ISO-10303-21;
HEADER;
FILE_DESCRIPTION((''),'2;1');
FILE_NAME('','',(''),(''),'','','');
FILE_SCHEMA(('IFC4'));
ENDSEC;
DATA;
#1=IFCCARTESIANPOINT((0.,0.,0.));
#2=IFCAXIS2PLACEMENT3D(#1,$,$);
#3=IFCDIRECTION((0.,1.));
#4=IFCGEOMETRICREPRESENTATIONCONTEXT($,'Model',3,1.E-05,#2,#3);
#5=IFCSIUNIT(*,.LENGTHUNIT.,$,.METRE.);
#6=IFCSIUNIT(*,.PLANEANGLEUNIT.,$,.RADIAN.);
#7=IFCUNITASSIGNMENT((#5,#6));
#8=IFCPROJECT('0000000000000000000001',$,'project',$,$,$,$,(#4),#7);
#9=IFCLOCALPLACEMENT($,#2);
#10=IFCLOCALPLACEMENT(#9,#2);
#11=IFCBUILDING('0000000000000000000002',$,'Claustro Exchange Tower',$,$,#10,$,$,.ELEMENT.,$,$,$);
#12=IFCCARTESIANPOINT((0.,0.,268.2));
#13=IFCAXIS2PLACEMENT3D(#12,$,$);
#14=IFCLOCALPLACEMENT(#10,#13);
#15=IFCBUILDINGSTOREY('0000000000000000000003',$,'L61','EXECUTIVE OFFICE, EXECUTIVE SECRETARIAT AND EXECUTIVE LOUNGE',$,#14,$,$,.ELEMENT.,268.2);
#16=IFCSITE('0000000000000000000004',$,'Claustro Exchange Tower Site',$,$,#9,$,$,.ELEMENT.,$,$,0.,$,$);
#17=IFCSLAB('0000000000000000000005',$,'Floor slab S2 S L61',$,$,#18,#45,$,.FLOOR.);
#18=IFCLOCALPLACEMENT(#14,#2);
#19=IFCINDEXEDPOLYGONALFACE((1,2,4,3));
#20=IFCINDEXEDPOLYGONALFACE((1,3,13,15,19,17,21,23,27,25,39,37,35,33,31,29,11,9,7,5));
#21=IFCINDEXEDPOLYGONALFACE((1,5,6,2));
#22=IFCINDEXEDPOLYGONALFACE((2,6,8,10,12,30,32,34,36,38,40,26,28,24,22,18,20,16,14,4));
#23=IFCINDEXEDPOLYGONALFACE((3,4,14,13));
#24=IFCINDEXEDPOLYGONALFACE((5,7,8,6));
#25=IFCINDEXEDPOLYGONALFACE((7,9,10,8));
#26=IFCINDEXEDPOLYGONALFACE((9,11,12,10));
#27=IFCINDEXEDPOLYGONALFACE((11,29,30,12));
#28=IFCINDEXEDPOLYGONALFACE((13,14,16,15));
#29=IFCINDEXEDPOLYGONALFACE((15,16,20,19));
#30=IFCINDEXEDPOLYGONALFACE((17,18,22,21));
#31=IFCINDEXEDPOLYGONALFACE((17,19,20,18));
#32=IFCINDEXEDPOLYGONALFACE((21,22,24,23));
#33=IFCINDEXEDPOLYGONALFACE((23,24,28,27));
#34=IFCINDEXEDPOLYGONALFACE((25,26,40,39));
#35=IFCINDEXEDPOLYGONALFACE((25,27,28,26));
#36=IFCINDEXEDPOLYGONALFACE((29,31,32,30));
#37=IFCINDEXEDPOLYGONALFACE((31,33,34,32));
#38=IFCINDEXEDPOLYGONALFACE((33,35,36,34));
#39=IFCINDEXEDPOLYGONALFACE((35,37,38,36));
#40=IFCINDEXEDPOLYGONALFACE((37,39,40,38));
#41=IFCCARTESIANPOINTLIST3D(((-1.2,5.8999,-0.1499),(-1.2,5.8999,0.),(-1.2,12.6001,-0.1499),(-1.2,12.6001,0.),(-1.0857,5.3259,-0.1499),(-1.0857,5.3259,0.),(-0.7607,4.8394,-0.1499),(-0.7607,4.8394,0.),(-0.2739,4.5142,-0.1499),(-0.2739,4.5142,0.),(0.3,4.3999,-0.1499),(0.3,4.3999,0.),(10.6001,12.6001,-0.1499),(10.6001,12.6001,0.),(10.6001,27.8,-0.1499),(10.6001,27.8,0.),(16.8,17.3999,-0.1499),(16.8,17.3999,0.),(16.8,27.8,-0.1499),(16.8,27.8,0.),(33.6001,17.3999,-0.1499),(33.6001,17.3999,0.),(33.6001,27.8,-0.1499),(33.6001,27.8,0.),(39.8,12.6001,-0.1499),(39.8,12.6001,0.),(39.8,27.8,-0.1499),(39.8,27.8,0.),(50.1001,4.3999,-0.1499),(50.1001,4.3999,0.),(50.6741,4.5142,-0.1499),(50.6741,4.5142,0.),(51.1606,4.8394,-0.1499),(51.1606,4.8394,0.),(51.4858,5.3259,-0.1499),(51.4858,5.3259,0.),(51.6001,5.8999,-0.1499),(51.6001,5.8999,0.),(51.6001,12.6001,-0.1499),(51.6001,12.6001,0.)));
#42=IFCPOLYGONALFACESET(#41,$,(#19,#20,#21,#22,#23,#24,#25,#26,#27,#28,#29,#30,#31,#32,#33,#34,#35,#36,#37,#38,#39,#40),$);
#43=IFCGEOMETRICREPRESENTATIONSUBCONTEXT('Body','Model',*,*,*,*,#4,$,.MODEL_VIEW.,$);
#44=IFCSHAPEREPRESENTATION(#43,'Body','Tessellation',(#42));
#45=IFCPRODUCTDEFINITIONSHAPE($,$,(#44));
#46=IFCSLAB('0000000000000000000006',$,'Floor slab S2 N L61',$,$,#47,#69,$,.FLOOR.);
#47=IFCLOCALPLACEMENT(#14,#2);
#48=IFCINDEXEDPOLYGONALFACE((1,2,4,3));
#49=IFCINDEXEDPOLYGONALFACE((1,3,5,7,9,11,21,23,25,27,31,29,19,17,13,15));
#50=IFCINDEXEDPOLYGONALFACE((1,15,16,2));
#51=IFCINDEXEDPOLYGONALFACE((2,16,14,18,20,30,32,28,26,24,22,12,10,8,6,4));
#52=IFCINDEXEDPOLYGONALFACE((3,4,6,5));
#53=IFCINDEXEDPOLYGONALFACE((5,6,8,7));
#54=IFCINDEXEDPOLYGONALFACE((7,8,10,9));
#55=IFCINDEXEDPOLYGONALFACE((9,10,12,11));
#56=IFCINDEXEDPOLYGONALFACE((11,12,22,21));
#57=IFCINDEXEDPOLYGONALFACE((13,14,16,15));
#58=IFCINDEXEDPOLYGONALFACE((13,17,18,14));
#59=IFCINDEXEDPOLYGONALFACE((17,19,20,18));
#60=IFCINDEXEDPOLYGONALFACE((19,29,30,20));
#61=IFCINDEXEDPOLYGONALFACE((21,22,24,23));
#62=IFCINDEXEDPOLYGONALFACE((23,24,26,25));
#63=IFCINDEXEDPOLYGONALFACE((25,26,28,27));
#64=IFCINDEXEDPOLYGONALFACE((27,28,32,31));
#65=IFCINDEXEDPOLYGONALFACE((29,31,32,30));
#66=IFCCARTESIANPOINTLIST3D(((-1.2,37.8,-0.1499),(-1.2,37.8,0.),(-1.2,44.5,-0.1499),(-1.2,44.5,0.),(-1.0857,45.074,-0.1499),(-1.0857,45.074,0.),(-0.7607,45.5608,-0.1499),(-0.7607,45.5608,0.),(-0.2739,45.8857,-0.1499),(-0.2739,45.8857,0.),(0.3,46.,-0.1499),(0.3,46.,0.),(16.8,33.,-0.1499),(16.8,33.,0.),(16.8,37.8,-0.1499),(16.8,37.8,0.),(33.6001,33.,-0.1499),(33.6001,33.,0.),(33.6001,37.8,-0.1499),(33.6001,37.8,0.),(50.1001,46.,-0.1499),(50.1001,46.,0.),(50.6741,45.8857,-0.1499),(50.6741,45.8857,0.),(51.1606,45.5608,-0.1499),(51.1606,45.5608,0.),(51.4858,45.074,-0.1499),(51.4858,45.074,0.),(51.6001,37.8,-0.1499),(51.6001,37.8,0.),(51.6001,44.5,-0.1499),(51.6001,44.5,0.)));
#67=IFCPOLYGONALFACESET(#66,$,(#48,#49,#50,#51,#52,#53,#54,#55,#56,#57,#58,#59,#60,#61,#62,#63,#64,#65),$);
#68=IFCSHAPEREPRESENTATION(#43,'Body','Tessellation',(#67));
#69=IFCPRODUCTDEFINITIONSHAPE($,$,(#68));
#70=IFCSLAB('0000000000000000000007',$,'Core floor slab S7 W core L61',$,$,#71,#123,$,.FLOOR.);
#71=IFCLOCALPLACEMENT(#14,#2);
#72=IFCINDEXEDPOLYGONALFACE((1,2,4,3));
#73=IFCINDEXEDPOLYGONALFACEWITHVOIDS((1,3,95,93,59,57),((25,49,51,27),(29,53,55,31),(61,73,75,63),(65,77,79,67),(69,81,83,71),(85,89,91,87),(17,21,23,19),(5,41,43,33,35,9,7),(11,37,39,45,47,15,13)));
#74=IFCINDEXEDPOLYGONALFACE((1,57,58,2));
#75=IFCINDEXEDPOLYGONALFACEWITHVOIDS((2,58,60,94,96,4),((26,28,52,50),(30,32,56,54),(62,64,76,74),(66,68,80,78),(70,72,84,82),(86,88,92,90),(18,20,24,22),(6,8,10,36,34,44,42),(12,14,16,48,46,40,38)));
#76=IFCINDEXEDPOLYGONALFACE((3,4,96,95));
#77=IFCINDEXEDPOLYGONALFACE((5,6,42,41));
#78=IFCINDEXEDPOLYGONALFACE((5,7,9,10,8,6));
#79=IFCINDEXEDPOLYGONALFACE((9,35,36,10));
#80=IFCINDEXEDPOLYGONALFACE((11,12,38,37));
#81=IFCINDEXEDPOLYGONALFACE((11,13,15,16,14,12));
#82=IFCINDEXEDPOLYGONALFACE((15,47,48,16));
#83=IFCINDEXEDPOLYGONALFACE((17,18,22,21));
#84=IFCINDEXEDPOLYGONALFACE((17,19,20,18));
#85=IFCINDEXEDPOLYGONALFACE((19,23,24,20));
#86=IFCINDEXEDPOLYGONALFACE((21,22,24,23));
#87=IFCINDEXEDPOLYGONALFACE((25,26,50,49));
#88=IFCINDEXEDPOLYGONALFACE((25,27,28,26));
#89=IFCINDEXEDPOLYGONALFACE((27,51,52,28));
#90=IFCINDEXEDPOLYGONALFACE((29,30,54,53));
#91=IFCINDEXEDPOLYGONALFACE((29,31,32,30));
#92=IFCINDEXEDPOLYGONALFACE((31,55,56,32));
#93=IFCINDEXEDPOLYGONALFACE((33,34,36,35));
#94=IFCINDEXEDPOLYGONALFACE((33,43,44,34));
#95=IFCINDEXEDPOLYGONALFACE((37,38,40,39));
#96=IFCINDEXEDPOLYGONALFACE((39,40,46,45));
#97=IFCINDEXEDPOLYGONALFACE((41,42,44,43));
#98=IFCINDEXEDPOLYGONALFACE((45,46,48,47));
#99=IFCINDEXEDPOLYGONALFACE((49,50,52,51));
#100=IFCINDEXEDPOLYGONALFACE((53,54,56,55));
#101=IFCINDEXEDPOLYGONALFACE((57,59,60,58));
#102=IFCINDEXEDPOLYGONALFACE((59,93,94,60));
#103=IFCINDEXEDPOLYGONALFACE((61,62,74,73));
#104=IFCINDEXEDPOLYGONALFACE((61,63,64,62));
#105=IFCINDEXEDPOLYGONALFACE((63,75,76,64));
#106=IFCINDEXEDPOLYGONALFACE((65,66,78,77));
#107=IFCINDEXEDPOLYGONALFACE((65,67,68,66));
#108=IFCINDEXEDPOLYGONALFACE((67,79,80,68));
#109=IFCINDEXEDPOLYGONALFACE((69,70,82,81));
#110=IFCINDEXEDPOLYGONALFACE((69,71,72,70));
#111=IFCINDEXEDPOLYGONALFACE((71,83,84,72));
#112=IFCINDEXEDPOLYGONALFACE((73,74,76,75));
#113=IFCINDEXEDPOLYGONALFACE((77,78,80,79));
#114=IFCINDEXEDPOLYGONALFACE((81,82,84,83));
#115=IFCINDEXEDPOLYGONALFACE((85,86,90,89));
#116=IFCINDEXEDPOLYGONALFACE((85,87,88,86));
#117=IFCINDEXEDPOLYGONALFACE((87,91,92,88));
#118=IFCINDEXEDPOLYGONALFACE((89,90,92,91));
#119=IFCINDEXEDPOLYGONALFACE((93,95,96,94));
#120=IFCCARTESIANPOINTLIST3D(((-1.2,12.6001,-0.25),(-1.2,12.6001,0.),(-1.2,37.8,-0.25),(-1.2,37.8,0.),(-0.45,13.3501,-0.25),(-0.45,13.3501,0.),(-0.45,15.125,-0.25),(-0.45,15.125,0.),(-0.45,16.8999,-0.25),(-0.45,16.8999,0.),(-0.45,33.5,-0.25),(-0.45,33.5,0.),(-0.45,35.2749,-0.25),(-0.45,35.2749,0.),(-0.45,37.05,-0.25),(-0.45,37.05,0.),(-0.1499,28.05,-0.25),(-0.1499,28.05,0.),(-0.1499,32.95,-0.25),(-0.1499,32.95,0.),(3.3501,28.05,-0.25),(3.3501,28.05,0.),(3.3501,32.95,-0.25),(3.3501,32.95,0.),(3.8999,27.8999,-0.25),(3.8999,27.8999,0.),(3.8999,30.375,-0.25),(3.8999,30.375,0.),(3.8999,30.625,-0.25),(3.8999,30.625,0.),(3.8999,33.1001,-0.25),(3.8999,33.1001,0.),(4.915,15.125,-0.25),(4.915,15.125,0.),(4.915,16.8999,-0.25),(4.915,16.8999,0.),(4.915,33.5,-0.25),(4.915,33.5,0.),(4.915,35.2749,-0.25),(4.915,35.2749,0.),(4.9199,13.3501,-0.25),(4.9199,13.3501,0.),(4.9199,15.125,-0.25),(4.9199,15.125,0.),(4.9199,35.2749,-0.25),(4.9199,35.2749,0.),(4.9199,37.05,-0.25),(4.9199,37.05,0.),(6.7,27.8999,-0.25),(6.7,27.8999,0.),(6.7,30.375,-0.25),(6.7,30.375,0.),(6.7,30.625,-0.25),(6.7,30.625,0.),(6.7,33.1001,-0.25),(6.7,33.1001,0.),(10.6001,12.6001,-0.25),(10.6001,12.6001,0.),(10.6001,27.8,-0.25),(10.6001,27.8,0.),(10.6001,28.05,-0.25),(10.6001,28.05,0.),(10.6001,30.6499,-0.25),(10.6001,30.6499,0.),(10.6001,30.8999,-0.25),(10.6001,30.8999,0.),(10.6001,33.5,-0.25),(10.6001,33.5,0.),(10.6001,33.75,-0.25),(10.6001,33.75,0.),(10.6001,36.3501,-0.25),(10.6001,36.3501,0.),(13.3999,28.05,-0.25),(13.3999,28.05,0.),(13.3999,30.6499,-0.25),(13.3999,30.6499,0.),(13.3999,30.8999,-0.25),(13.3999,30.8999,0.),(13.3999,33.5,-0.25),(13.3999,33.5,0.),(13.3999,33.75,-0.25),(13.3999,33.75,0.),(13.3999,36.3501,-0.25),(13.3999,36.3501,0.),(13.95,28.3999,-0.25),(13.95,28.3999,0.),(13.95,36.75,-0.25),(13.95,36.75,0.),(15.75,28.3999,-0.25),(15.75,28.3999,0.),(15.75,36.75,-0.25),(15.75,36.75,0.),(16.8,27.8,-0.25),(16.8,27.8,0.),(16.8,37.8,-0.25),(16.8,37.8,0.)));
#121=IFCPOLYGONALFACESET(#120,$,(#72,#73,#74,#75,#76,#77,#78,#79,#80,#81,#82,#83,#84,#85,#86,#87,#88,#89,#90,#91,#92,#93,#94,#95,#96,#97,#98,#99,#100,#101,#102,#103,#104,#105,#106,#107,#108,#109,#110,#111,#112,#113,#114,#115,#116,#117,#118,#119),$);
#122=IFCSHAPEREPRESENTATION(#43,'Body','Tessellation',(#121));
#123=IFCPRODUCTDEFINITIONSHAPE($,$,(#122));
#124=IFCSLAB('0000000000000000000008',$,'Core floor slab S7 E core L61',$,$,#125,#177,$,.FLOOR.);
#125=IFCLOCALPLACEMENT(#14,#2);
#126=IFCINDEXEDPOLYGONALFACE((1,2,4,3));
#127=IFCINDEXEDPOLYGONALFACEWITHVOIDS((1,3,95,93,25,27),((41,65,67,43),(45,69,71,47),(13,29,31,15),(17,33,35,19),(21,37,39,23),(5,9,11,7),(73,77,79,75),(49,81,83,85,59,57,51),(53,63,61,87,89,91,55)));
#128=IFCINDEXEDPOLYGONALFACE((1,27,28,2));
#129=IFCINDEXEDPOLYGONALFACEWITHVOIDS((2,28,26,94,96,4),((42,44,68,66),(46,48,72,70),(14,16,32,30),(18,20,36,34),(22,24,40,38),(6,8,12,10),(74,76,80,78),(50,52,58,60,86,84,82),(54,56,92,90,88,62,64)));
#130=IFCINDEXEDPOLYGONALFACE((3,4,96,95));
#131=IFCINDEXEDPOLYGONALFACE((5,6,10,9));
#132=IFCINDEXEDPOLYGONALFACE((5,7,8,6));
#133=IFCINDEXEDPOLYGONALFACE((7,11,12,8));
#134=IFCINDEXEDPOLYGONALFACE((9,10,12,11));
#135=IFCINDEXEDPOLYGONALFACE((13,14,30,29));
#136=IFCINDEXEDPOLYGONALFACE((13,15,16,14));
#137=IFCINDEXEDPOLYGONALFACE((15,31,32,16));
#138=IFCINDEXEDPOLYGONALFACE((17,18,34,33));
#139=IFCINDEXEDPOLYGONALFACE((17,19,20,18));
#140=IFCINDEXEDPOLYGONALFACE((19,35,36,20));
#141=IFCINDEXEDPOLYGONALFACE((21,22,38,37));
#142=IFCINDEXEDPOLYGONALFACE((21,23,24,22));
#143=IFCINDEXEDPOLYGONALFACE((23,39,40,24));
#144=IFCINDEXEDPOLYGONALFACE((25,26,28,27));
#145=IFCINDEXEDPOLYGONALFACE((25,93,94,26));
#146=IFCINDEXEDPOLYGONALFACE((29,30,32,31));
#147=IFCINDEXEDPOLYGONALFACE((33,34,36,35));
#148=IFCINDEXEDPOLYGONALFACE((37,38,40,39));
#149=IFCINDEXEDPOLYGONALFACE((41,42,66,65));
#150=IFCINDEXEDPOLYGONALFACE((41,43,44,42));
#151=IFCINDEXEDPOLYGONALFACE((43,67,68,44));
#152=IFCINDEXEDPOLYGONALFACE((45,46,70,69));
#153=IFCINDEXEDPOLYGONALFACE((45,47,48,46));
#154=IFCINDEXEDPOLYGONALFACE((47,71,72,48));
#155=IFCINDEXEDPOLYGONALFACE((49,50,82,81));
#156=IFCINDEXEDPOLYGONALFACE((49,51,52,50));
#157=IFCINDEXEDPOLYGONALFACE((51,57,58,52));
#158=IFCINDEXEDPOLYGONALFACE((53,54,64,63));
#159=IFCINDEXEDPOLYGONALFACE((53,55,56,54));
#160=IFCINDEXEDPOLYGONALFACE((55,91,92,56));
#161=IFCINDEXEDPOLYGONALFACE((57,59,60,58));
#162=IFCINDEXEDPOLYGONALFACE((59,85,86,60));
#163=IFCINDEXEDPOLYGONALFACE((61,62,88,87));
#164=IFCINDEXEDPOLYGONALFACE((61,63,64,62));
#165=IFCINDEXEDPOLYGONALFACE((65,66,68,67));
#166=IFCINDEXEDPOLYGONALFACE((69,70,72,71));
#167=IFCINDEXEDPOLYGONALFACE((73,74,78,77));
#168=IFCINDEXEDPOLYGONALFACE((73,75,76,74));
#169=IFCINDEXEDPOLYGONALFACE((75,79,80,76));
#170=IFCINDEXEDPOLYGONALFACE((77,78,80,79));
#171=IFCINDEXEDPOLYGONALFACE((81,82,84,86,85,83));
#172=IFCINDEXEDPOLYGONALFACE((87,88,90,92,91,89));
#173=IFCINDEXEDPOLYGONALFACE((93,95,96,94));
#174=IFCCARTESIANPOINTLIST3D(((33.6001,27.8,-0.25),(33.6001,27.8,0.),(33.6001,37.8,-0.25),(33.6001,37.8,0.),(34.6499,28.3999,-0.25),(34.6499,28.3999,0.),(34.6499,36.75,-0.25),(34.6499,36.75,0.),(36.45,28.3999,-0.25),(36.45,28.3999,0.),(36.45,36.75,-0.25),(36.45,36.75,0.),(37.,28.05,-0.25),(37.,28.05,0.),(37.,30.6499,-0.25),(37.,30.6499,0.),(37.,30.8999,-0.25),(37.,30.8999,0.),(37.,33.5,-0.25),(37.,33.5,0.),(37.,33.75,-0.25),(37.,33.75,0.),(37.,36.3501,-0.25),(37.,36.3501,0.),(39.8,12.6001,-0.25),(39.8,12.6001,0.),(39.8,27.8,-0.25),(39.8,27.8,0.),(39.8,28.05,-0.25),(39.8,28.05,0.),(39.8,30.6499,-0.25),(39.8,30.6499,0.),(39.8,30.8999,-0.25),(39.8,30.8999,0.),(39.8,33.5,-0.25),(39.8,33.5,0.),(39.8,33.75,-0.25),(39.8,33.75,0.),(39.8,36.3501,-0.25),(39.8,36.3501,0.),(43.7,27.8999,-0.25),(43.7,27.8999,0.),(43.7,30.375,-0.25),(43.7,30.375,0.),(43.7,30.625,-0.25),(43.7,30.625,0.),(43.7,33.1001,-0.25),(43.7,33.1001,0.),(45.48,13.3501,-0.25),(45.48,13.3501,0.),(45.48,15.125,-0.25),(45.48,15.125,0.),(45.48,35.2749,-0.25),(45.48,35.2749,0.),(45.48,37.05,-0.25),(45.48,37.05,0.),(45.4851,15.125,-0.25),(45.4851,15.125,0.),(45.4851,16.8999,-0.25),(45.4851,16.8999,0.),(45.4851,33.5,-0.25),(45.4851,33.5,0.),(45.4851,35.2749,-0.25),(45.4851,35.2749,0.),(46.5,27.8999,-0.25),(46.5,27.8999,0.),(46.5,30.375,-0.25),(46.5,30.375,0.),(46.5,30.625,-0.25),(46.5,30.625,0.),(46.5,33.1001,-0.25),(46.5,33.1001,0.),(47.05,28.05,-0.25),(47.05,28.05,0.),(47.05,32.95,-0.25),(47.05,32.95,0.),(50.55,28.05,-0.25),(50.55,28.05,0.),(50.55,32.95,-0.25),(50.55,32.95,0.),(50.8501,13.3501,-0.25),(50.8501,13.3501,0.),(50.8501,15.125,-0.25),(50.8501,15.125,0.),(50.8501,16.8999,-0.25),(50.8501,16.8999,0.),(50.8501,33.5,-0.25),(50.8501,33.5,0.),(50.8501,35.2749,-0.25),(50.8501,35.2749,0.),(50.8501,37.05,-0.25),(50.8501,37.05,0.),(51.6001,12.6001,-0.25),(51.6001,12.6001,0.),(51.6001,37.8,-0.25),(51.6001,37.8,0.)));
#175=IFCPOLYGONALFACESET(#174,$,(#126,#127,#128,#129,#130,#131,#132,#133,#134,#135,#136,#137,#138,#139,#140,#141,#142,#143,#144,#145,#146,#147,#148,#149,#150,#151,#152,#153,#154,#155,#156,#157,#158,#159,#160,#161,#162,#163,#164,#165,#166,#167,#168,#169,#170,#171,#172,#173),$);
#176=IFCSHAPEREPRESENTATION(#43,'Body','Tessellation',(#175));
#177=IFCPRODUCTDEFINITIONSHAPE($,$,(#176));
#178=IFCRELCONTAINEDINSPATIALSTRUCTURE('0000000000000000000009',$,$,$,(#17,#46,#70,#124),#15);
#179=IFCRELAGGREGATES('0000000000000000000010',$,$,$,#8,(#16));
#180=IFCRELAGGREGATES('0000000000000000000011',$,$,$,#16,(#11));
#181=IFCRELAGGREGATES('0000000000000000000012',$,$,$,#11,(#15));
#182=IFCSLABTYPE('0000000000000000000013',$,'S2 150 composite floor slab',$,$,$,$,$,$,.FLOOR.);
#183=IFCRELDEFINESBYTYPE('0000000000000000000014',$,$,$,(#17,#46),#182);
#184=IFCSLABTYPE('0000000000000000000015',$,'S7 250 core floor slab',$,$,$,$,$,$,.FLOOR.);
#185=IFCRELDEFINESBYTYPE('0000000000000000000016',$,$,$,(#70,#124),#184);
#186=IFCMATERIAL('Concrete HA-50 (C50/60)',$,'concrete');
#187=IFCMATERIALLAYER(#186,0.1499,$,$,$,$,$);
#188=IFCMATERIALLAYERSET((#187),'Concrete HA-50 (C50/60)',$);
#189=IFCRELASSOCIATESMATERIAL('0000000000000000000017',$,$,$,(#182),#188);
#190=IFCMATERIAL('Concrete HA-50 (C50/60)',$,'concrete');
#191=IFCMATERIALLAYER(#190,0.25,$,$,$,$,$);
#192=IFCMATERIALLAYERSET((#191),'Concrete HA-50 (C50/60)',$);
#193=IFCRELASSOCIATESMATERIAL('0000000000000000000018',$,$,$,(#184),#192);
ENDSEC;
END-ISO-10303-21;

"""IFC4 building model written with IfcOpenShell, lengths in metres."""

from ifc_helpers import new_model, si_unit, direction, frame, origin, place, context, subcontext, project, spatial, polyline, outline, extrude, material, layer, layer_set, type_object, element, save


model = new_model("IFC4")

# Units and contexts
model_context = context("Model", 3, precision=1e-05, world=origin(), true_north=direction((0.0, 1.0)))
body_context = subcontext(model_context, "Body", "Model", "MODEL_VIEW")
ifc_project = project(units=[si_unit("LENGTHUNIT", "METRE"), si_unit("PLANEANGLEUNIT", "RADIAN")], contexts=[model_context])

# Site, building, storey
site_placement = place(None, origin())
site = spatial("IfcSite", under=ifc_project, at=site_placement, Name="Claustro Exchange Tower Site", CompositionType="ELEMENT", RefElevation=0.0)
building_placement = place(site_placement, origin())
building = spatial("IfcBuilding", under=site, at=building_placement, Name="Claustro Exchange Tower", CompositionType="ELEMENT")
storey_placement = place(building_placement, frame((0.0, 0.0, 268.2)))
storey = spatial("IfcBuildingStorey", under=building, at=storey_placement, Name="L61", Description="EXECUTIVE OFFICE, EXECUTIVE SECRETARIAT AND EXECUTIVE LOUNGE", CompositionType="ELEMENT", Elevation=268.2)

# Slabs
ifc_material_1 = material(Name="Concrete HA-50 (C50/60)", Category="concrete")
ifc_layer_1 = layer(ifc_material_1, 0.1499)
ifc_layer_set_1 = layer_set([ifc_layer_1], Name="Concrete HA-50 (C50/60)")
slab_type_1 = type_object("IfcSlabType", Name="S2 150 composite floor slab", PredefinedType="FLOOR", material=ifc_layer_set_1)
slab_1_placement = place(storey_placement, frame((0.0, 0.0, -0.1499)))
element("IfcSlab", 1, at=slab_1_placement, inside=storey, type_object=slab_type_1, Name="Floor slab S2 S L61", PredefinedType="FLOOR", context=body_context, shape_type="SweptSolid", body=[
    extrude(outline(polyline([(-0.2739, 4.5142), (0.3, 4.3999), (50.1001, 4.3999), (50.6741, 4.5142), (51.1606, 4.8394), (51.4858, 5.3259), (51.6001, 5.8999), (51.6001, 12.6001), (39.8, 12.6001), (39.8, 27.8), (33.6001, 27.8), (33.6001, 17.3999), (16.8, 17.3999), (16.8, 27.8), (10.6001, 27.8), (10.6001, 12.6001), (-1.2, 12.6001), (-1.2, 5.8999), (-1.0857, 5.3259), (-0.7607, 4.8394), (-0.2739, 4.5142)])), origin(), (0.0, 0.0, 1.0), 0.1499),
])
slab_2_placement = place(storey_placement, frame((0.0, 0.0, -0.1499)))
element("IfcSlab", 2, at=slab_2_placement, inside=storey, type_object=slab_type_1, Name="Floor slab S2 N L61", PredefinedType="FLOOR", context=body_context, shape_type="SweptSolid", body=[
    extrude(outline(polyline([(16.8, 37.8), (16.8, 33.0), (33.6001, 33.0), (33.6001, 37.8), (51.6001, 37.8), (51.6001, 44.5), (51.4858, 45.074), (51.1606, 45.5608), (50.6741, 45.8857), (50.1001, 46.0), (0.3, 46.0), (-0.2739, 45.8857), (-0.7607, 45.5608), (-1.0857, 45.074), (-1.2, 44.5), (-1.2, 37.8), (16.8, 37.8)])), origin(), (0.0, 0.0, 1.0), 0.1499),
])
ifc_material_2 = material(Name="Concrete HA-50 (C50/60)", Category="concrete")
ifc_layer_2 = layer(ifc_material_2, 0.25)
ifc_layer_set_2 = layer_set([ifc_layer_2], Name="Concrete HA-50 (C50/60)")
slab_type_2 = type_object("IfcSlabType", Name="S7 250 core floor slab", PredefinedType="FLOOR", material=ifc_layer_set_2)
slab_3_placement = place(storey_placement, frame((0.0, 0.0, -0.25)))
element("IfcSlab", 3, at=slab_3_placement, inside=storey, type_object=slab_type_2, Name="Core floor slab S7 W core L61", PredefinedType="FLOOR", context=body_context, shape_type="SweptSolid", body=[
    extrude(outline(polyline([(-1.2, 37.8), (-1.2, 12.6001), (10.6001, 12.6001), (10.6001, 27.8), (16.8, 27.8), (16.8, 37.8), (-1.2, 37.8)]), holes=[polyline([(13.95, 36.75), (15.75, 36.75), (15.75, 28.3999), (13.95, 28.3999), (13.95, 36.75)]), polyline([(10.6001, 30.6499), (13.3999, 30.6499), (13.3999, 28.05), (10.6001, 28.05), (10.6001, 30.6499)]), polyline([(10.6001, 33.5), (13.3999, 33.5), (13.3999, 30.8999), (10.6001, 30.8999), (10.6001, 33.5)]), polyline([(13.3999, 36.3501), (13.3999, 33.75), (10.6001, 33.75), (10.6001, 36.3501), (13.3999, 36.3501)]), polyline([(3.8999, 30.375), (6.7, 30.375), (6.7, 27.8999), (3.8999, 27.8999), (3.8999, 30.375)]), polyline([(3.8999, 33.1001), (6.7, 33.1001), (6.7, 30.625), (3.8999, 30.625), (3.8999, 33.1001)]), polyline([(-0.45, 13.3501), (-0.45, 15.125), (-0.45, 16.8999), (4.915, 16.8999), (4.915, 15.125), (4.9199, 15.125), (4.9199, 13.3501), (-0.45, 13.3501)]), polyline([(-0.45, 37.05), (4.9199, 37.05), (4.9199, 35.2749), (4.915, 35.2749), (4.915, 33.5), (-0.45, 33.5), (-0.45, 35.2749), (-0.45, 37.05)]), polyline([(-0.1499, 32.95), (3.3501, 32.95), (3.3501, 28.05), (-0.1499, 28.05), (-0.1499, 32.95)])]), origin(), (0.0, 0.0, 1.0), 0.25),
])
slab_4_placement = place(storey_placement, frame((0.0, 0.0, -0.25)))
element("IfcSlab", 4, at=slab_4_placement, inside=storey, type_object=slab_type_2, Name="Core floor slab S7 E core L61", PredefinedType="FLOOR", context=body_context, shape_type="SweptSolid", body=[
    extrude(outline(polyline([(51.6001, 37.8), (33.6001, 37.8), (33.6001, 27.8), (39.8, 27.8), (39.8, 12.6001), (51.6001, 12.6001), (51.6001, 37.8)]), holes=[polyline([(45.48, 15.125), (45.4851, 15.125), (45.4851, 16.8999), (50.8501, 16.8999), (50.8501, 15.125), (50.8501, 13.3501), (45.48, 13.3501), (45.48, 15.125)]), polyline([(45.48, 35.2749), (45.48, 37.05), (50.8501, 37.05), (50.8501, 35.2749), (50.8501, 33.5), (45.4851, 33.5), (45.4851, 35.2749), (45.48, 35.2749)]), polyline([(47.05, 32.95), (50.55, 32.95), (50.55, 28.05), (47.05, 28.05), (47.05, 32.95)]), polyline([(43.7, 30.375), (46.5, 30.375), (46.5, 27.8999), (43.7, 27.8999), (43.7, 30.375)]), polyline([(43.7, 33.1001), (46.5, 33.1001), (46.5, 30.625), (43.7, 30.625), (43.7, 33.1001)]), polyline([(37.0, 30.6499), (39.8, 30.6499), (39.8, 28.05), (37.0, 28.05), (37.0, 30.6499)]), polyline([(37.0, 33.5), (39.8, 33.5), (39.8, 30.8999), (37.0, 30.8999), (37.0, 33.5)]), polyline([(39.8, 36.3501), (39.8, 33.75), (37.0, 33.75), (37.0, 36.3501), (39.8, 36.3501)]), polyline([(34.6499, 36.75), (36.45, 36.75), (36.45, 28.3999), (34.6499, 28.3999), (34.6499, 36.75)])]), origin(), (0.0, 0.0, 1.0), 0.25),
])

save(model, "model.ifc")
